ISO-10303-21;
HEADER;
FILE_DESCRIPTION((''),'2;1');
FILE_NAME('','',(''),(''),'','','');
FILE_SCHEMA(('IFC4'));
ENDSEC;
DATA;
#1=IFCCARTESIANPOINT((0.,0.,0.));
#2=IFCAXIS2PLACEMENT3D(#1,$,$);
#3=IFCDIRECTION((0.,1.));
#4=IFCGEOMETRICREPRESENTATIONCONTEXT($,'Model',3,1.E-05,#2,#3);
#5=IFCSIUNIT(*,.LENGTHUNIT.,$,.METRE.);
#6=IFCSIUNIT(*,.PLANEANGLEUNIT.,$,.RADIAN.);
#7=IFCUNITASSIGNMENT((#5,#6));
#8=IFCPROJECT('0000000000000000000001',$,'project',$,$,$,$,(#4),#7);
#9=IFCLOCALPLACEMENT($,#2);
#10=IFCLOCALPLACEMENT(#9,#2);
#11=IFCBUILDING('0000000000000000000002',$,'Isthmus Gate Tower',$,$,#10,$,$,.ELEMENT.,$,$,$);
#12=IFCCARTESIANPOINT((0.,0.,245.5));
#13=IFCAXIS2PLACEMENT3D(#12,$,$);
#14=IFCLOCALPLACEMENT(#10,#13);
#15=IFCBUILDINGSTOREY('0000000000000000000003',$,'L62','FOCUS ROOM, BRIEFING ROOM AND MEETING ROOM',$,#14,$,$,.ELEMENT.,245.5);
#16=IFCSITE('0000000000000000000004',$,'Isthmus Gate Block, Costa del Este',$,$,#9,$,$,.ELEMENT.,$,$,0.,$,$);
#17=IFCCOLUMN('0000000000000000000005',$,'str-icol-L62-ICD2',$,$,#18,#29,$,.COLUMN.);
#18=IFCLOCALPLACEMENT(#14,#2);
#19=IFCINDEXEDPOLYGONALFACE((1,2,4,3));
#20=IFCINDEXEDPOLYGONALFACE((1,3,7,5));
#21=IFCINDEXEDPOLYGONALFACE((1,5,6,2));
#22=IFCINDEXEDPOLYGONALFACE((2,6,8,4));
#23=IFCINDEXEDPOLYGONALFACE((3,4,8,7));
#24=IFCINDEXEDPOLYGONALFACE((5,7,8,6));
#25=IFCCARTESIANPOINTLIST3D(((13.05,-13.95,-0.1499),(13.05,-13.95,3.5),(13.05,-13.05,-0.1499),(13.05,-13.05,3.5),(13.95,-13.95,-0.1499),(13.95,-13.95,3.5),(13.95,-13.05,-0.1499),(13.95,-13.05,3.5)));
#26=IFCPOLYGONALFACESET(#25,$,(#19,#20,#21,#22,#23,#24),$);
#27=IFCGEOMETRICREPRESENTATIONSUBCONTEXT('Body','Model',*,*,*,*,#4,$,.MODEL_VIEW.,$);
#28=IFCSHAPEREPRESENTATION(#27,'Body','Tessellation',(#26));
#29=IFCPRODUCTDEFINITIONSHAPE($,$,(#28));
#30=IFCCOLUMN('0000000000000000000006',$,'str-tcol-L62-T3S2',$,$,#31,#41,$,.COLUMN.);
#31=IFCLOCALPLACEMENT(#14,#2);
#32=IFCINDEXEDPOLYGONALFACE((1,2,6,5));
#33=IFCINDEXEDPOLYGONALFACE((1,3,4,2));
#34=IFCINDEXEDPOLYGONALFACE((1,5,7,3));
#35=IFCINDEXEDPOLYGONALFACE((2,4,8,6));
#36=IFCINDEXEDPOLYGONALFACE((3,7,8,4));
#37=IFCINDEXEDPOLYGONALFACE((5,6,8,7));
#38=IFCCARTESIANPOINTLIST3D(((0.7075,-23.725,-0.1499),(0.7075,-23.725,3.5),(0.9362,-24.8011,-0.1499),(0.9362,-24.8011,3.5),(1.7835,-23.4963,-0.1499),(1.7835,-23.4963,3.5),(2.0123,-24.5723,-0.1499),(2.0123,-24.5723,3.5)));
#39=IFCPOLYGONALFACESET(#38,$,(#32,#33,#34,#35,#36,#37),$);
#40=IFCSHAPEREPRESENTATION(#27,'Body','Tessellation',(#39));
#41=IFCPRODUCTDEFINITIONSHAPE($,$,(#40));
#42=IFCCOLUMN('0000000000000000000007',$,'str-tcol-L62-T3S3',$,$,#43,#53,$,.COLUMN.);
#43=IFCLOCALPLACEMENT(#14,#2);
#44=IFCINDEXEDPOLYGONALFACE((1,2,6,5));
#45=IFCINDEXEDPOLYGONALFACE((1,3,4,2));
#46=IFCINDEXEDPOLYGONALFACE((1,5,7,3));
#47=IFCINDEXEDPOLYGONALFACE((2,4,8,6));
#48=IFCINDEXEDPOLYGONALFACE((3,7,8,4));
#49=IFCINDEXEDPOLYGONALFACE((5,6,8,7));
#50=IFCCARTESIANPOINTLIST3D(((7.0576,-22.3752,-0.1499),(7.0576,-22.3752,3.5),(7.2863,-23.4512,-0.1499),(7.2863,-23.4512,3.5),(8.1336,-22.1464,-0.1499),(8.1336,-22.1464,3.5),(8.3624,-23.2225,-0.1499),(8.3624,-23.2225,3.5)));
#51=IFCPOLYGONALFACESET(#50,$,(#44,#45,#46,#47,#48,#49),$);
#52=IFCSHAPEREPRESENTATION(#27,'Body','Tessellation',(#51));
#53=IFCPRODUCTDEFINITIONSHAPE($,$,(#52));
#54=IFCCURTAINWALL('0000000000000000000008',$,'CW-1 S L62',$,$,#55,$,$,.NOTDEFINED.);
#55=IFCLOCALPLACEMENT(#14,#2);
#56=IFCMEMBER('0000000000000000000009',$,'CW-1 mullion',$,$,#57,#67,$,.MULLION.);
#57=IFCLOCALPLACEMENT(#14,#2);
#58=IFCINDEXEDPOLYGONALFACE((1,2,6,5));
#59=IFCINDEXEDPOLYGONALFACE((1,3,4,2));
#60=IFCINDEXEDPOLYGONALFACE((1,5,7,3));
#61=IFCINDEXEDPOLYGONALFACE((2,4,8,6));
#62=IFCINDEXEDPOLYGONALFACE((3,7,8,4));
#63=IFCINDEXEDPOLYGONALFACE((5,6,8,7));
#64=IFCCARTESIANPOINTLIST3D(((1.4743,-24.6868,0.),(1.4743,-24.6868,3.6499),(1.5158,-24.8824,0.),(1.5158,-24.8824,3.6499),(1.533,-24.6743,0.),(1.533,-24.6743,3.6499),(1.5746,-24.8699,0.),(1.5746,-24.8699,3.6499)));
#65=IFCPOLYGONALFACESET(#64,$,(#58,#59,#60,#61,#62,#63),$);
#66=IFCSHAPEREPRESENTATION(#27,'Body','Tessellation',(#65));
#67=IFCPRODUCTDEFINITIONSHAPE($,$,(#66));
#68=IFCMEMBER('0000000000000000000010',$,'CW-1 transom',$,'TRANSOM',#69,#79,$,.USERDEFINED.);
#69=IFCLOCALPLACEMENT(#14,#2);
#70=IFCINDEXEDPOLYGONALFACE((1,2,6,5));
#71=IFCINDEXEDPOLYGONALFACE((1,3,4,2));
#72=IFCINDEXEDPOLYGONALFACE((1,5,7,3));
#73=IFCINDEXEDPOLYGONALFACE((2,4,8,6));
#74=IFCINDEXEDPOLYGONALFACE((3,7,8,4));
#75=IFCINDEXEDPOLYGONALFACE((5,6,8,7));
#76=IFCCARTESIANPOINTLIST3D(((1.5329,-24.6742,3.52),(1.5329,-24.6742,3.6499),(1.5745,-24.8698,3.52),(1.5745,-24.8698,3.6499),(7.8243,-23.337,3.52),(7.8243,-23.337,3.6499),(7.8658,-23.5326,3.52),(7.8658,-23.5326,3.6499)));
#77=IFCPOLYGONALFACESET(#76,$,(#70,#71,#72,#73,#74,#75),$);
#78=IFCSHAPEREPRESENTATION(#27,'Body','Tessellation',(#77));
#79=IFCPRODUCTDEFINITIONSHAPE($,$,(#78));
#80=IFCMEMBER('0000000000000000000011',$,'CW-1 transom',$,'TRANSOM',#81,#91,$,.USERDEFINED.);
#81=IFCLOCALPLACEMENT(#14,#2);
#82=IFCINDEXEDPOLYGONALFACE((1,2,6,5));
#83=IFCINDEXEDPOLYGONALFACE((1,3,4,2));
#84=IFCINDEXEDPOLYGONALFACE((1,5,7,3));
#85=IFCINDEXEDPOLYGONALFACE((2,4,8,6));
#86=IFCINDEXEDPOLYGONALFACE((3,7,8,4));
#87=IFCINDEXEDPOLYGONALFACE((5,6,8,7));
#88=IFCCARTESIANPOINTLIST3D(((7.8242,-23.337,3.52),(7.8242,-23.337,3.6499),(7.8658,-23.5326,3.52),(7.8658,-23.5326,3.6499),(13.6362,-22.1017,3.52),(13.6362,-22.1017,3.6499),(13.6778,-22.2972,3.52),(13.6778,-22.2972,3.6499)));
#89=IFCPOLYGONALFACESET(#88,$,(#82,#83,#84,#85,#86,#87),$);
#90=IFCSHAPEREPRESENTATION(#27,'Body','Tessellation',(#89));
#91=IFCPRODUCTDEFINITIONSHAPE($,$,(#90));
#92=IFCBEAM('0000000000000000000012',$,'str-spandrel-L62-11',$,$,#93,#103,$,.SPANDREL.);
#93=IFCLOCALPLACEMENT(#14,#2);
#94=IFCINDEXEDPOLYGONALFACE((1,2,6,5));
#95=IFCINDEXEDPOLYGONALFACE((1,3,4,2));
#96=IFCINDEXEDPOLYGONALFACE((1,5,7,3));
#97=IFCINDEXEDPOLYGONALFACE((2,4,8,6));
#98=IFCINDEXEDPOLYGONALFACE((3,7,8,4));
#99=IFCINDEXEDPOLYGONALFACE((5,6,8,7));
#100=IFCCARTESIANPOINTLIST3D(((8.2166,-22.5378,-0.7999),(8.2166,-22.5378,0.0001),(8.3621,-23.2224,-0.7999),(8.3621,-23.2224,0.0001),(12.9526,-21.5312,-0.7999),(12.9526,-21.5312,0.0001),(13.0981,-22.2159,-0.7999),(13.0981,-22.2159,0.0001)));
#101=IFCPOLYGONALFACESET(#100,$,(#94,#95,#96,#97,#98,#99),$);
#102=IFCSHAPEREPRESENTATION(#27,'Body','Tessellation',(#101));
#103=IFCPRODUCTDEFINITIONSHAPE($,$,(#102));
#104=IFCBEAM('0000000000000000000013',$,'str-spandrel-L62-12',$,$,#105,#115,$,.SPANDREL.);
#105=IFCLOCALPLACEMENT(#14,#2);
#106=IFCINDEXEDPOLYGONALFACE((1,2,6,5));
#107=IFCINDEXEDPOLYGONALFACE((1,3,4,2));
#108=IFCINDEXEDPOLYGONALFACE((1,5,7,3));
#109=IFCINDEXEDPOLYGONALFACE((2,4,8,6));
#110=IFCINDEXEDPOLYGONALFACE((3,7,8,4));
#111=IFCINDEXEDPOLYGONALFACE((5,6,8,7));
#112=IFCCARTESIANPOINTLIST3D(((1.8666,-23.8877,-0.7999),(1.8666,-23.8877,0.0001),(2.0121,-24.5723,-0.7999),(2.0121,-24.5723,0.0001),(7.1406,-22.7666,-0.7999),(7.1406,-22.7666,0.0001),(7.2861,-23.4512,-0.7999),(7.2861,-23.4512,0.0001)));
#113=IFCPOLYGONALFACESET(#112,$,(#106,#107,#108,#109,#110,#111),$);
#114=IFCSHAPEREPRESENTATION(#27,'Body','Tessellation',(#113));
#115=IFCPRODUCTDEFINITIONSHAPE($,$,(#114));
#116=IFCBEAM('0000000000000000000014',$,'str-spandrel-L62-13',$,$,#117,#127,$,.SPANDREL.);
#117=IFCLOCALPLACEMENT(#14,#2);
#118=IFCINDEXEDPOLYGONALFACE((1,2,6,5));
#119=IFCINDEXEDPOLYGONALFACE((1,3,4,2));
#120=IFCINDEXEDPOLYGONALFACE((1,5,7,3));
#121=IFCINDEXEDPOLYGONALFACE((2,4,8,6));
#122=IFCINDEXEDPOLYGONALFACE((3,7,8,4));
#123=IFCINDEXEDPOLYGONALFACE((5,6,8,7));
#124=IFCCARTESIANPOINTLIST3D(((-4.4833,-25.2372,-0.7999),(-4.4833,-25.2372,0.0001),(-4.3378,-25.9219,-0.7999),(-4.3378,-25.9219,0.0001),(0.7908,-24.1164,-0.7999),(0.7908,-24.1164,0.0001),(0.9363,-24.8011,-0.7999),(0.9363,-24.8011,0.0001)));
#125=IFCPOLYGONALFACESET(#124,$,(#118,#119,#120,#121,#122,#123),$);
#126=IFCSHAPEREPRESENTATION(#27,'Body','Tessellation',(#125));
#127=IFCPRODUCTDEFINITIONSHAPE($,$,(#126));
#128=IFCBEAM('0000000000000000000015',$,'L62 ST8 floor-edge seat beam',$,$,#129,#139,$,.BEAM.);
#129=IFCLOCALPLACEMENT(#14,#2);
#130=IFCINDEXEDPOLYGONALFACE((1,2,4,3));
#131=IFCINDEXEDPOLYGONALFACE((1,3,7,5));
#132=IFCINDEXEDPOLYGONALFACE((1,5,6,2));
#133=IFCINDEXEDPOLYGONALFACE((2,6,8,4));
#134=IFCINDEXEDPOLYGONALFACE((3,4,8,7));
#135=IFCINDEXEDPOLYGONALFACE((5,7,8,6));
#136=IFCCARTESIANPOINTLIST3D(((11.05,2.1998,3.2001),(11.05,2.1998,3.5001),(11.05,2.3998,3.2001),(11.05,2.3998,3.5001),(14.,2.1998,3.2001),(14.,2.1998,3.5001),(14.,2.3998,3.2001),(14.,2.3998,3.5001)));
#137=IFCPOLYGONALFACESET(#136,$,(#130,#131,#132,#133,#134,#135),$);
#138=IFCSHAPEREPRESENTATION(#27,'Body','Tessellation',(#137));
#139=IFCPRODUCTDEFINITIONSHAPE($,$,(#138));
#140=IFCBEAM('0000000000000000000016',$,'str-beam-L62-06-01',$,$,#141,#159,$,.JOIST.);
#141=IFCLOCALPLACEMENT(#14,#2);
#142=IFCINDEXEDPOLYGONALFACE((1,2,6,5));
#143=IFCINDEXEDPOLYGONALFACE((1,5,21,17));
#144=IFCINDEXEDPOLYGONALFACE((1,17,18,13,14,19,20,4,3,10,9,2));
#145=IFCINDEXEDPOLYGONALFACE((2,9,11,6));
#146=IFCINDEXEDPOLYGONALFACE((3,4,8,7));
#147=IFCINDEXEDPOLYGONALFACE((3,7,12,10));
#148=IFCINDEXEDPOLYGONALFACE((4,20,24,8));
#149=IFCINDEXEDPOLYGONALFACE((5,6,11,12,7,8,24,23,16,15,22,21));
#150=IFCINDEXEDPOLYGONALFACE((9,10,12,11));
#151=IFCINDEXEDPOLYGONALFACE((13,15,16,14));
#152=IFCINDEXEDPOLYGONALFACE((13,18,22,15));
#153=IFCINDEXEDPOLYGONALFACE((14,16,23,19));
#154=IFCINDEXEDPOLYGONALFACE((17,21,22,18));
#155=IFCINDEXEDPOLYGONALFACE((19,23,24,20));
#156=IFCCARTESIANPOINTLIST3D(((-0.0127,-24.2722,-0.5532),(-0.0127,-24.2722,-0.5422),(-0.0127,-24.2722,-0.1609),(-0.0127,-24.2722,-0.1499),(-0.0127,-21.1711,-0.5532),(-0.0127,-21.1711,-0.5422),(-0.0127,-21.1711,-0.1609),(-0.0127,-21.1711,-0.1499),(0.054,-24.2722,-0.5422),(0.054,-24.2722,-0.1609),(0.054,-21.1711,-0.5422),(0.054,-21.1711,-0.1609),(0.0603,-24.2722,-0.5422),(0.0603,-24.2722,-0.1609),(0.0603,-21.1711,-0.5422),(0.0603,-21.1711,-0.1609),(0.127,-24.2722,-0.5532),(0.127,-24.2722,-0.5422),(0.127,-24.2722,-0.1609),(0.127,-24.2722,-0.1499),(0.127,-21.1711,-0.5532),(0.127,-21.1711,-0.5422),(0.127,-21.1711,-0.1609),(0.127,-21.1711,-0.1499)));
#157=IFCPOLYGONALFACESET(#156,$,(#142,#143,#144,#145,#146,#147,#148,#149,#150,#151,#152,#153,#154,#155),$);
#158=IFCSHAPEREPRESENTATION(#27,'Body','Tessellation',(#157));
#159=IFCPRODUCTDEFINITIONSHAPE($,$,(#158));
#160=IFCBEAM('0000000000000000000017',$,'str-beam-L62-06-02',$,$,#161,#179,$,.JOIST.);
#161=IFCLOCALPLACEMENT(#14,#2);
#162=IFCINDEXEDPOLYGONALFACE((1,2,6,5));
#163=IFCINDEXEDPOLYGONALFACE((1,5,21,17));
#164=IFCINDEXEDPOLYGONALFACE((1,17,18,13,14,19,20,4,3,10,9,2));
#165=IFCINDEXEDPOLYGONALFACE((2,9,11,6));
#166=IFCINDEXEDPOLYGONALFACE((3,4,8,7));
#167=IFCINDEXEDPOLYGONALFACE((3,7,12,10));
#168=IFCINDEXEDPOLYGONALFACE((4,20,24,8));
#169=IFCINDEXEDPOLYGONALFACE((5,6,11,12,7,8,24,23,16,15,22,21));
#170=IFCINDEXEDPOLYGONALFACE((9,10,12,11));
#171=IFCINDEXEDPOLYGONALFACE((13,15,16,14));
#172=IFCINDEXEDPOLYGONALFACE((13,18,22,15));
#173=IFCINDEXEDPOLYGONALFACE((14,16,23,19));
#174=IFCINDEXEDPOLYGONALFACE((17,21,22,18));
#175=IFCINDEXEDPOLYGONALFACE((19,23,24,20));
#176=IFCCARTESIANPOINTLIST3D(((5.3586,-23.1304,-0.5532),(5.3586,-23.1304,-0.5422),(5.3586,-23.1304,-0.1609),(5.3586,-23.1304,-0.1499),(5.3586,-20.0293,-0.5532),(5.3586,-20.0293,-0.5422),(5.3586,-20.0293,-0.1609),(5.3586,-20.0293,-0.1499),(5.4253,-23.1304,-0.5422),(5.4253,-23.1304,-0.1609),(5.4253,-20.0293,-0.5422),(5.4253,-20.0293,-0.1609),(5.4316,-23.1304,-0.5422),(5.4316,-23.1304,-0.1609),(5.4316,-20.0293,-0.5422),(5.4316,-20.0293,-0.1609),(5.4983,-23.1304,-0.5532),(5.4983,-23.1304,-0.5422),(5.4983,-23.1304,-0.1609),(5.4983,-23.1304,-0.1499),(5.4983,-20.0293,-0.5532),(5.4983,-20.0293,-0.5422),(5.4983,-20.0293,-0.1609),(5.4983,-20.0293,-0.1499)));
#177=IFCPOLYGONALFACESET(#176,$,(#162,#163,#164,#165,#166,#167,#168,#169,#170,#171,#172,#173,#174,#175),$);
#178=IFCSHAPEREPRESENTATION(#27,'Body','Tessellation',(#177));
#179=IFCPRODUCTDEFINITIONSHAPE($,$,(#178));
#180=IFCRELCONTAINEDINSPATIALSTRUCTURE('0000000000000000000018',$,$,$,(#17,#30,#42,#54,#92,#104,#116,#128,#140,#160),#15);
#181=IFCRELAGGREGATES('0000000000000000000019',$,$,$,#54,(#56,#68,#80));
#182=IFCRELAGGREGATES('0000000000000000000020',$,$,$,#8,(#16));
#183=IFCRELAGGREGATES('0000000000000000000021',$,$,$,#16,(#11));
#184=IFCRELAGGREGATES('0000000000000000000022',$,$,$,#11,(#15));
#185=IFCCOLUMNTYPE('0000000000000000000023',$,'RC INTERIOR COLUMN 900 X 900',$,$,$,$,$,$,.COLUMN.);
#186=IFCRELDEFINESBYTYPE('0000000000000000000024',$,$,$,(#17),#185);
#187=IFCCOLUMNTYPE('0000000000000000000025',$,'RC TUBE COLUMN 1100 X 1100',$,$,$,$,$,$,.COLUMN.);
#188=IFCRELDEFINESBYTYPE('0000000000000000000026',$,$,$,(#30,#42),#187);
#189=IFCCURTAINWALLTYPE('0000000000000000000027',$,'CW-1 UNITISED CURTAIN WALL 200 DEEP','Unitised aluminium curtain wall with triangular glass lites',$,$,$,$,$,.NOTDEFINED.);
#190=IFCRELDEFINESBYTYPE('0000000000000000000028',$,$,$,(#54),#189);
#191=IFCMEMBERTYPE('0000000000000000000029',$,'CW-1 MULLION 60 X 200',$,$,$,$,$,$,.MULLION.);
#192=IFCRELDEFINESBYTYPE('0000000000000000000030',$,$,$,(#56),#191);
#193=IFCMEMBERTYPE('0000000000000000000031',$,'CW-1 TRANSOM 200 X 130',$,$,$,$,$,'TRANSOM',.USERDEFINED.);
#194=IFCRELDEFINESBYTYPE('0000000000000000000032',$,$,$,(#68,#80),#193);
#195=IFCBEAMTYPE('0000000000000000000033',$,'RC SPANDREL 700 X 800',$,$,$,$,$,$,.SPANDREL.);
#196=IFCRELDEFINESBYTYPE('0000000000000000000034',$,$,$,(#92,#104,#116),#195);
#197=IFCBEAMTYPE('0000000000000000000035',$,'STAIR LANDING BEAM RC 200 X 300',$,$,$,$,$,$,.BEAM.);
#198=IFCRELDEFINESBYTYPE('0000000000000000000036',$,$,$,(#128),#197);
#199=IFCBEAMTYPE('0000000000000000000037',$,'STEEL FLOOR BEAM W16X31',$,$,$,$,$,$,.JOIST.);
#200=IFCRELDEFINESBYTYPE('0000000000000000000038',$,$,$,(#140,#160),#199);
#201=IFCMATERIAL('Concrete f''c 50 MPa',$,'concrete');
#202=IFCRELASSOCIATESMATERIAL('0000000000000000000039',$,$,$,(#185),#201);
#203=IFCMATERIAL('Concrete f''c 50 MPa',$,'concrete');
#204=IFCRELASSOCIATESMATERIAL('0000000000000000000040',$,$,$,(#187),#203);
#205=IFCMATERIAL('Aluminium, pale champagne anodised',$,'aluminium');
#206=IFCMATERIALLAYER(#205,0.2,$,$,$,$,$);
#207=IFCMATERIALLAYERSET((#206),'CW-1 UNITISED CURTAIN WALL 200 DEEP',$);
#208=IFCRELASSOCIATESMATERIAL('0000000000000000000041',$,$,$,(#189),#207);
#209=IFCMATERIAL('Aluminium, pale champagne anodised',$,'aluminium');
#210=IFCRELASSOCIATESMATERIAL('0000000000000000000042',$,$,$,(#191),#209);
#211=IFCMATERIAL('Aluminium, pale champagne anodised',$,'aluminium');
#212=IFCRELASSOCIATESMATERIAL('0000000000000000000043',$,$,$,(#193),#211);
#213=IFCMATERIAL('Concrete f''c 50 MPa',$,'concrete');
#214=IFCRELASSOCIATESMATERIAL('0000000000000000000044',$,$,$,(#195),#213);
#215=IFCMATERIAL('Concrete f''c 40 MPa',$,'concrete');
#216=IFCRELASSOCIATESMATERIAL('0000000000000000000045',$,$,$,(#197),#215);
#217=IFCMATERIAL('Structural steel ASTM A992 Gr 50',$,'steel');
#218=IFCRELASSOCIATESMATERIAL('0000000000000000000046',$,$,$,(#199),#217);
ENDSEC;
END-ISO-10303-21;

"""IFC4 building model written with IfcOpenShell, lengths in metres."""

from ifc_helpers import new_model, si_unit, direction, frame, origin, origin_2d, place, context, subcontext, project, spatial, rectangle, i_section, extrude, material, layer, layer_set, material_profile, profile_set, type_object, element, aggregate, save


model = new_model("IFC4")

# Units and contexts
model_context = context("Model", 3, precision=1e-05, world=origin(), true_north=direction((0.0, 1.0)))
body_context = subcontext(model_context, "Body", "Model", "MODEL_VIEW")
ifc_project = project(units=[si_unit("LENGTHUNIT", "METRE"), si_unit("PLANEANGLEUNIT", "RADIAN")], contexts=[model_context])

# Site, building, storey
site_placement = place(None, origin())
site = spatial("IfcSite", under=ifc_project, at=site_placement, Name="Isthmus Gate Block, Costa del Este", CompositionType="ELEMENT", RefElevation=0.0)
building_placement = place(site_placement, origin())
building = spatial("IfcBuilding", under=site, at=building_placement, Name="Isthmus Gate Tower", CompositionType="ELEMENT")
storey_placement = place(building_placement, frame((0.0, 0.0, 245.5)))
storey = spatial("IfcBuildingStorey", under=building, at=storey_placement, Name="L62", Description="FOCUS ROOM, BRIEFING ROOM AND MEETING ROOM", CompositionType="ELEMENT", Elevation=245.5)

# Columns
ifc_material_1 = material(Name="Concrete f'c 50 MPa", Category="concrete")
ifc_material_profile_1 = material_profile(ifc_material_1, rectangle(XDim=0.8999, YDim=0.8999, at=origin_2d()), Name="RC 900X900")
ifc_profile_set_1 = profile_set([ifc_material_profile_1], Name="Concrete f'c 50 MPa")
column_type_1 = type_object("IfcColumnType", Name="RC INTERIOR COLUMN 900 X 900", PredefinedType="COLUMN", material=ifc_profile_set_1)
column_placement = place(storey_placement, frame((13.5, -13.5, -0.1499), z_axis=(0.0, 0.0, 1.0), x_axis=(1.0, 0.0, 0.0)))
element("IfcColumn", 1, at=column_placement, inside=storey, type_object=column_type_1, Name="str-icol-L62-ICD2", PredefinedType="COLUMN", context=body_context, shape_type="SweptSolid", body=[
    extrude(rectangle(XDim=0.8999, YDim=0.8999, at=origin_2d()), origin(), (0.0, 0.0, 1.0), 3.6499),
])
ifc_material_2 = material(Name="Concrete f'c 50 MPa", Category="concrete")
ifc_material_profile_2 = material_profile(ifc_material_2, rectangle(XDim=1.1001, YDim=1.1001, at=origin_2d()), Name="RC 1100X1100")
ifc_profile_set_2 = profile_set([ifc_material_profile_2], Name="Concrete f'c 50 MPa")
column_type_2 = type_object("IfcColumnType", Name="RC TUBE COLUMN 1100 X 1100", PredefinedType="COLUMN", material=ifc_profile_set_2)
for number, where, z_axis, x_axis, name in (
    (2, (1.3599, -24.1487, -0.1499), (0.0, 0.0, 1.0), (0.978148, 0.207912, 0.0), "str-tcol-L62-T3S2"),
    (3, (7.71, -22.7988, -0.1499), (0.0, 0.0, 1.0), (0.978148, 0.207912, 0.0), "str-tcol-L62-T3S3"),
):
    element("IfcColumn", number, at=place(storey_placement, frame(where, z_axis=z_axis, x_axis=x_axis)), inside=storey, type_object=column_type_2, Name=name, PredefinedType="COLUMN", context=body_context, shape_type="SweptSolid", body=[
        extrude(rectangle(XDim=1.1001, YDim=1.1001, at=origin_2d()), origin(), (0.0, 0.0, 1.0), 3.6499),
    ])

# Curtain wall, members
ifc_material_3 = material(Name="Aluminium, pale champagne anodised", Category="aluminium")
ifc_layer_1 = layer(ifc_material_3, 0.2)
ifc_layer_set_1 = layer_set([ifc_layer_1], Name="CW-1 UNITISED CURTAIN WALL 200 DEEP")
curtain_wall_type = type_object("IfcCurtainWallType", Name="CW-1 UNITISED CURTAIN WALL 200 DEEP", Description="Unitised aluminium curtain wall with triangular glass lites", PredefinedType="NOTDEFINED", material=ifc_layer_set_1)
curtain_wall_placement = place(storey_placement, origin())
curtain_wall = element("IfcCurtainWall", 4, at=curtain_wall_placement, inside=storey, type_object=curtain_wall_type, Name="CW-1 S L62", PredefinedType="NOTDEFINED")
ifc_material_4 = material(Name="Aluminium, pale champagne anodised", Category="aluminium")
ifc_material_profile_3 = material_profile(ifc_material_4, rectangle(XDim=0.0601, YDim=0.2, at=origin_2d()), Name="60x200")
ifc_profile_set_3 = profile_set([ifc_material_profile_3], Name="Aluminium, pale champagne anodised")
member_type_1 = type_object("IfcMemberType", Name="CW-1 MULLION 60 X 200", PredefinedType="MULLION", material=ifc_profile_set_3)
member_1_placement = place(storey_placement, frame((1.5244, -24.7783, 0.0), z_axis=(0.0, 0.0, 1.0), x_axis=(0.978148, 0.207912, 0.0)))
member_1 = element("IfcMember", 5, at=member_1_placement, type_object=member_type_1, Name="CW-1 mullion", PredefinedType="MULLION", context=body_context, shape_type="SweptSolid", body=[
    extrude(rectangle(XDim=0.0601, YDim=0.2, at=origin_2d()), origin(), (0.0, 0.0, 1.0), 3.6499),
])
ifc_material_5 = material(Name="Aluminium, pale champagne anodised", Category="aluminium")
ifc_material_profile_4 = material_profile(ifc_material_5, rectangle(XDim=0.2, YDim=0.1299, at=origin_2d()), Name="200x130")
ifc_profile_set_4 = profile_set([ifc_material_profile_4], Name="Aluminium, pale champagne anodised")
member_type_2 = type_object("IfcMemberType", Name="CW-1 TRANSOM 200 X 130", ElementType="TRANSOM", PredefinedType="USERDEFINED", material=ifc_profile_set_4)
member_2_placement = place(storey_placement, frame((1.5537, -24.772, 3.585), z_axis=(0.97815, 0.207898, 0.0), x_axis=(-0.207898, 0.97815, 0.0)))
member_2 = element("IfcMember", 6, at=member_2_placement, type_object=member_type_2, Name="CW-1 transom", ObjectType="TRANSOM", PredefinedType="USERDEFINED", context=body_context, shape_type="SweptSolid", body=[
    extrude(rectangle(XDim=0.2, YDim=0.1299, at=origin_2d()), origin(), (0.0, 0.0, 1.0), 6.4319),
])
member_3_placement = place(storey_placement, frame((7.845, -23.4348, 3.585), z_axis=(0.978149, 0.207907, 0.0), x_axis=(-0.207907, 0.978149, 0.0)))
member_3 = element("IfcMember", 7, at=member_3_placement, type_object=member_type_2, Name="CW-1 transom", ObjectType="TRANSOM", PredefinedType="USERDEFINED", context=body_context, shape_type="SweptSolid", body=[
    extrude(rectangle(XDim=0.2, YDim=0.1299, at=origin_2d()), origin(), (0.0, 0.0, 1.0), 5.9419),
])

# Beams
ifc_material_6 = material(Name="Concrete f'c 50 MPa", Category="concrete")
ifc_material_profile_5 = material_profile(ifc_material_6, rectangle(XDim=0.7, YDim=0.8, at=origin_2d()), Name="RC 700X800")
ifc_profile_set_5 = profile_set([ifc_material_profile_5], Name="Concrete f'c 50 MPa")
beam_type_1 = type_object("IfcBeamType", Name="RC SPANDREL 700 X 800", PredefinedType="SPANDREL", material=ifc_profile_set_5)
beam_1_placement = place(storey_placement, frame((13.0254, -21.8735, -0.3999), z_axis=(-0.978152, -0.207893, 0.0), x_axis=(0.207893, -0.978152, 0.0)))
element("IfcBeam", 8, at=beam_1_placement, inside=storey, type_object=beam_type_1, Name="str-spandrel-L62-11", PredefinedType="SPANDREL", context=body_context, shape_type="SweptSolid", body=[
    extrude(rectangle(XDim=0.7, YDim=0.8, at=origin_2d()), origin(), (0.0, 0.0, 1.0), 4.8418),
])
for number, where, z_axis, x_axis, name in (
    (9, (7.2134, -23.1089, -0.3999), (-0.978144, -0.207927, 0.0), (0.207927, -0.978144, 0.0), "str-spandrel-L62-12"),
    (10, (0.8635, -24.4587, -0.3999), (-0.978156, -0.207874, 0.0), (0.207874, -0.978156, 0.0), "str-spandrel-L62-13"),
):
    element("IfcBeam", number, at=place(storey_placement, frame(where, z_axis=z_axis, x_axis=x_axis)), inside=storey, type_object=beam_type_1, Name=name, PredefinedType="SPANDREL", context=body_context, shape_type="SweptSolid", body=[
        extrude(rectangle(XDim=0.7, YDim=0.8, at=origin_2d()), origin(), (0.0, 0.0, 1.0), 5.3918),
    ])
ifc_material_7 = material(Name="Concrete f'c 40 MPa", Category="concrete")
ifc_material_profile_6 = material_profile(ifc_material_7, rectangle(XDim=0.2, YDim=0.3, at=origin_2d()), Name="STAIR LANDING BEAM RC 200 X 300")
ifc_profile_set_6 = profile_set([ifc_material_profile_6], Name="Concrete f'c 40 MPa")
beam_type_2 = type_object("IfcBeamType", Name="STAIR LANDING BEAM RC 200 X 300", PredefinedType="BEAM", material=ifc_profile_set_6)
beam_2_placement = place(storey_placement, frame((11.05, 2.2998, 3.3501), z_axis=(1.0, 0.0, 0.0), x_axis=(0.0, 1.0, 0.0)))
element("IfcBeam", 11, at=beam_2_placement, inside=storey, type_object=beam_type_2, Name="L62 ST8 floor-edge seat beam", PredefinedType="BEAM", context=body_context, shape_type="SweptSolid", body=[
    extrude(rectangle(XDim=0.2, YDim=0.3, at=origin_2d()), origin(), (0.0, 0.0, 1.0), 2.95),
])
ifc_material_8 = material(Name="Structural steel ASTM A992 Gr 50", Category="steel")
ifc_material_profile_7 = material_profile(ifc_material_8, i_section(OverallWidth=0.1396, OverallDepth=0.4033, WebThickness=0.0063, FlangeThickness=0.011, at=origin_2d()), Name="W16X31")
ifc_profile_set_7 = profile_set([ifc_material_profile_7], Name="Structural steel ASTM A992 Gr 50")
beam_type_3 = type_object("IfcBeamType", Name="STEEL FLOOR BEAM W16X31", PredefinedType="JOIST", material=ifc_profile_set_7)
for number, where, z_axis, x_axis, name in (
    (12, (0.0571, -24.2722, -0.3516), (0.0, 1.0, 0.0), (-1.0, 0.0, 0.0), "str-beam-L62-06-01"),
    (13, (5.4285, -23.1304, -0.3516), (0.0, 1.0, 0.0), (-1.0, 0.0, 0.0), "str-beam-L62-06-02"),
):
    element("IfcBeam", number, at=place(storey_placement, frame(where, z_axis=z_axis, x_axis=x_axis)), inside=storey, type_object=beam_type_3, Name=name, PredefinedType="JOIST", context=body_context, shape_type="SweptSolid", body=[
        extrude(i_section(OverallWidth=0.1396, OverallDepth=0.4033, WebThickness=0.0063, FlangeThickness=0.011, at=origin_2d()), origin(), (0.0, 0.0, 1.0), 3.1011),
    ])

aggregate(curtain_wall, [member_1, member_2, member_3])

save(model, "model.ifc")
